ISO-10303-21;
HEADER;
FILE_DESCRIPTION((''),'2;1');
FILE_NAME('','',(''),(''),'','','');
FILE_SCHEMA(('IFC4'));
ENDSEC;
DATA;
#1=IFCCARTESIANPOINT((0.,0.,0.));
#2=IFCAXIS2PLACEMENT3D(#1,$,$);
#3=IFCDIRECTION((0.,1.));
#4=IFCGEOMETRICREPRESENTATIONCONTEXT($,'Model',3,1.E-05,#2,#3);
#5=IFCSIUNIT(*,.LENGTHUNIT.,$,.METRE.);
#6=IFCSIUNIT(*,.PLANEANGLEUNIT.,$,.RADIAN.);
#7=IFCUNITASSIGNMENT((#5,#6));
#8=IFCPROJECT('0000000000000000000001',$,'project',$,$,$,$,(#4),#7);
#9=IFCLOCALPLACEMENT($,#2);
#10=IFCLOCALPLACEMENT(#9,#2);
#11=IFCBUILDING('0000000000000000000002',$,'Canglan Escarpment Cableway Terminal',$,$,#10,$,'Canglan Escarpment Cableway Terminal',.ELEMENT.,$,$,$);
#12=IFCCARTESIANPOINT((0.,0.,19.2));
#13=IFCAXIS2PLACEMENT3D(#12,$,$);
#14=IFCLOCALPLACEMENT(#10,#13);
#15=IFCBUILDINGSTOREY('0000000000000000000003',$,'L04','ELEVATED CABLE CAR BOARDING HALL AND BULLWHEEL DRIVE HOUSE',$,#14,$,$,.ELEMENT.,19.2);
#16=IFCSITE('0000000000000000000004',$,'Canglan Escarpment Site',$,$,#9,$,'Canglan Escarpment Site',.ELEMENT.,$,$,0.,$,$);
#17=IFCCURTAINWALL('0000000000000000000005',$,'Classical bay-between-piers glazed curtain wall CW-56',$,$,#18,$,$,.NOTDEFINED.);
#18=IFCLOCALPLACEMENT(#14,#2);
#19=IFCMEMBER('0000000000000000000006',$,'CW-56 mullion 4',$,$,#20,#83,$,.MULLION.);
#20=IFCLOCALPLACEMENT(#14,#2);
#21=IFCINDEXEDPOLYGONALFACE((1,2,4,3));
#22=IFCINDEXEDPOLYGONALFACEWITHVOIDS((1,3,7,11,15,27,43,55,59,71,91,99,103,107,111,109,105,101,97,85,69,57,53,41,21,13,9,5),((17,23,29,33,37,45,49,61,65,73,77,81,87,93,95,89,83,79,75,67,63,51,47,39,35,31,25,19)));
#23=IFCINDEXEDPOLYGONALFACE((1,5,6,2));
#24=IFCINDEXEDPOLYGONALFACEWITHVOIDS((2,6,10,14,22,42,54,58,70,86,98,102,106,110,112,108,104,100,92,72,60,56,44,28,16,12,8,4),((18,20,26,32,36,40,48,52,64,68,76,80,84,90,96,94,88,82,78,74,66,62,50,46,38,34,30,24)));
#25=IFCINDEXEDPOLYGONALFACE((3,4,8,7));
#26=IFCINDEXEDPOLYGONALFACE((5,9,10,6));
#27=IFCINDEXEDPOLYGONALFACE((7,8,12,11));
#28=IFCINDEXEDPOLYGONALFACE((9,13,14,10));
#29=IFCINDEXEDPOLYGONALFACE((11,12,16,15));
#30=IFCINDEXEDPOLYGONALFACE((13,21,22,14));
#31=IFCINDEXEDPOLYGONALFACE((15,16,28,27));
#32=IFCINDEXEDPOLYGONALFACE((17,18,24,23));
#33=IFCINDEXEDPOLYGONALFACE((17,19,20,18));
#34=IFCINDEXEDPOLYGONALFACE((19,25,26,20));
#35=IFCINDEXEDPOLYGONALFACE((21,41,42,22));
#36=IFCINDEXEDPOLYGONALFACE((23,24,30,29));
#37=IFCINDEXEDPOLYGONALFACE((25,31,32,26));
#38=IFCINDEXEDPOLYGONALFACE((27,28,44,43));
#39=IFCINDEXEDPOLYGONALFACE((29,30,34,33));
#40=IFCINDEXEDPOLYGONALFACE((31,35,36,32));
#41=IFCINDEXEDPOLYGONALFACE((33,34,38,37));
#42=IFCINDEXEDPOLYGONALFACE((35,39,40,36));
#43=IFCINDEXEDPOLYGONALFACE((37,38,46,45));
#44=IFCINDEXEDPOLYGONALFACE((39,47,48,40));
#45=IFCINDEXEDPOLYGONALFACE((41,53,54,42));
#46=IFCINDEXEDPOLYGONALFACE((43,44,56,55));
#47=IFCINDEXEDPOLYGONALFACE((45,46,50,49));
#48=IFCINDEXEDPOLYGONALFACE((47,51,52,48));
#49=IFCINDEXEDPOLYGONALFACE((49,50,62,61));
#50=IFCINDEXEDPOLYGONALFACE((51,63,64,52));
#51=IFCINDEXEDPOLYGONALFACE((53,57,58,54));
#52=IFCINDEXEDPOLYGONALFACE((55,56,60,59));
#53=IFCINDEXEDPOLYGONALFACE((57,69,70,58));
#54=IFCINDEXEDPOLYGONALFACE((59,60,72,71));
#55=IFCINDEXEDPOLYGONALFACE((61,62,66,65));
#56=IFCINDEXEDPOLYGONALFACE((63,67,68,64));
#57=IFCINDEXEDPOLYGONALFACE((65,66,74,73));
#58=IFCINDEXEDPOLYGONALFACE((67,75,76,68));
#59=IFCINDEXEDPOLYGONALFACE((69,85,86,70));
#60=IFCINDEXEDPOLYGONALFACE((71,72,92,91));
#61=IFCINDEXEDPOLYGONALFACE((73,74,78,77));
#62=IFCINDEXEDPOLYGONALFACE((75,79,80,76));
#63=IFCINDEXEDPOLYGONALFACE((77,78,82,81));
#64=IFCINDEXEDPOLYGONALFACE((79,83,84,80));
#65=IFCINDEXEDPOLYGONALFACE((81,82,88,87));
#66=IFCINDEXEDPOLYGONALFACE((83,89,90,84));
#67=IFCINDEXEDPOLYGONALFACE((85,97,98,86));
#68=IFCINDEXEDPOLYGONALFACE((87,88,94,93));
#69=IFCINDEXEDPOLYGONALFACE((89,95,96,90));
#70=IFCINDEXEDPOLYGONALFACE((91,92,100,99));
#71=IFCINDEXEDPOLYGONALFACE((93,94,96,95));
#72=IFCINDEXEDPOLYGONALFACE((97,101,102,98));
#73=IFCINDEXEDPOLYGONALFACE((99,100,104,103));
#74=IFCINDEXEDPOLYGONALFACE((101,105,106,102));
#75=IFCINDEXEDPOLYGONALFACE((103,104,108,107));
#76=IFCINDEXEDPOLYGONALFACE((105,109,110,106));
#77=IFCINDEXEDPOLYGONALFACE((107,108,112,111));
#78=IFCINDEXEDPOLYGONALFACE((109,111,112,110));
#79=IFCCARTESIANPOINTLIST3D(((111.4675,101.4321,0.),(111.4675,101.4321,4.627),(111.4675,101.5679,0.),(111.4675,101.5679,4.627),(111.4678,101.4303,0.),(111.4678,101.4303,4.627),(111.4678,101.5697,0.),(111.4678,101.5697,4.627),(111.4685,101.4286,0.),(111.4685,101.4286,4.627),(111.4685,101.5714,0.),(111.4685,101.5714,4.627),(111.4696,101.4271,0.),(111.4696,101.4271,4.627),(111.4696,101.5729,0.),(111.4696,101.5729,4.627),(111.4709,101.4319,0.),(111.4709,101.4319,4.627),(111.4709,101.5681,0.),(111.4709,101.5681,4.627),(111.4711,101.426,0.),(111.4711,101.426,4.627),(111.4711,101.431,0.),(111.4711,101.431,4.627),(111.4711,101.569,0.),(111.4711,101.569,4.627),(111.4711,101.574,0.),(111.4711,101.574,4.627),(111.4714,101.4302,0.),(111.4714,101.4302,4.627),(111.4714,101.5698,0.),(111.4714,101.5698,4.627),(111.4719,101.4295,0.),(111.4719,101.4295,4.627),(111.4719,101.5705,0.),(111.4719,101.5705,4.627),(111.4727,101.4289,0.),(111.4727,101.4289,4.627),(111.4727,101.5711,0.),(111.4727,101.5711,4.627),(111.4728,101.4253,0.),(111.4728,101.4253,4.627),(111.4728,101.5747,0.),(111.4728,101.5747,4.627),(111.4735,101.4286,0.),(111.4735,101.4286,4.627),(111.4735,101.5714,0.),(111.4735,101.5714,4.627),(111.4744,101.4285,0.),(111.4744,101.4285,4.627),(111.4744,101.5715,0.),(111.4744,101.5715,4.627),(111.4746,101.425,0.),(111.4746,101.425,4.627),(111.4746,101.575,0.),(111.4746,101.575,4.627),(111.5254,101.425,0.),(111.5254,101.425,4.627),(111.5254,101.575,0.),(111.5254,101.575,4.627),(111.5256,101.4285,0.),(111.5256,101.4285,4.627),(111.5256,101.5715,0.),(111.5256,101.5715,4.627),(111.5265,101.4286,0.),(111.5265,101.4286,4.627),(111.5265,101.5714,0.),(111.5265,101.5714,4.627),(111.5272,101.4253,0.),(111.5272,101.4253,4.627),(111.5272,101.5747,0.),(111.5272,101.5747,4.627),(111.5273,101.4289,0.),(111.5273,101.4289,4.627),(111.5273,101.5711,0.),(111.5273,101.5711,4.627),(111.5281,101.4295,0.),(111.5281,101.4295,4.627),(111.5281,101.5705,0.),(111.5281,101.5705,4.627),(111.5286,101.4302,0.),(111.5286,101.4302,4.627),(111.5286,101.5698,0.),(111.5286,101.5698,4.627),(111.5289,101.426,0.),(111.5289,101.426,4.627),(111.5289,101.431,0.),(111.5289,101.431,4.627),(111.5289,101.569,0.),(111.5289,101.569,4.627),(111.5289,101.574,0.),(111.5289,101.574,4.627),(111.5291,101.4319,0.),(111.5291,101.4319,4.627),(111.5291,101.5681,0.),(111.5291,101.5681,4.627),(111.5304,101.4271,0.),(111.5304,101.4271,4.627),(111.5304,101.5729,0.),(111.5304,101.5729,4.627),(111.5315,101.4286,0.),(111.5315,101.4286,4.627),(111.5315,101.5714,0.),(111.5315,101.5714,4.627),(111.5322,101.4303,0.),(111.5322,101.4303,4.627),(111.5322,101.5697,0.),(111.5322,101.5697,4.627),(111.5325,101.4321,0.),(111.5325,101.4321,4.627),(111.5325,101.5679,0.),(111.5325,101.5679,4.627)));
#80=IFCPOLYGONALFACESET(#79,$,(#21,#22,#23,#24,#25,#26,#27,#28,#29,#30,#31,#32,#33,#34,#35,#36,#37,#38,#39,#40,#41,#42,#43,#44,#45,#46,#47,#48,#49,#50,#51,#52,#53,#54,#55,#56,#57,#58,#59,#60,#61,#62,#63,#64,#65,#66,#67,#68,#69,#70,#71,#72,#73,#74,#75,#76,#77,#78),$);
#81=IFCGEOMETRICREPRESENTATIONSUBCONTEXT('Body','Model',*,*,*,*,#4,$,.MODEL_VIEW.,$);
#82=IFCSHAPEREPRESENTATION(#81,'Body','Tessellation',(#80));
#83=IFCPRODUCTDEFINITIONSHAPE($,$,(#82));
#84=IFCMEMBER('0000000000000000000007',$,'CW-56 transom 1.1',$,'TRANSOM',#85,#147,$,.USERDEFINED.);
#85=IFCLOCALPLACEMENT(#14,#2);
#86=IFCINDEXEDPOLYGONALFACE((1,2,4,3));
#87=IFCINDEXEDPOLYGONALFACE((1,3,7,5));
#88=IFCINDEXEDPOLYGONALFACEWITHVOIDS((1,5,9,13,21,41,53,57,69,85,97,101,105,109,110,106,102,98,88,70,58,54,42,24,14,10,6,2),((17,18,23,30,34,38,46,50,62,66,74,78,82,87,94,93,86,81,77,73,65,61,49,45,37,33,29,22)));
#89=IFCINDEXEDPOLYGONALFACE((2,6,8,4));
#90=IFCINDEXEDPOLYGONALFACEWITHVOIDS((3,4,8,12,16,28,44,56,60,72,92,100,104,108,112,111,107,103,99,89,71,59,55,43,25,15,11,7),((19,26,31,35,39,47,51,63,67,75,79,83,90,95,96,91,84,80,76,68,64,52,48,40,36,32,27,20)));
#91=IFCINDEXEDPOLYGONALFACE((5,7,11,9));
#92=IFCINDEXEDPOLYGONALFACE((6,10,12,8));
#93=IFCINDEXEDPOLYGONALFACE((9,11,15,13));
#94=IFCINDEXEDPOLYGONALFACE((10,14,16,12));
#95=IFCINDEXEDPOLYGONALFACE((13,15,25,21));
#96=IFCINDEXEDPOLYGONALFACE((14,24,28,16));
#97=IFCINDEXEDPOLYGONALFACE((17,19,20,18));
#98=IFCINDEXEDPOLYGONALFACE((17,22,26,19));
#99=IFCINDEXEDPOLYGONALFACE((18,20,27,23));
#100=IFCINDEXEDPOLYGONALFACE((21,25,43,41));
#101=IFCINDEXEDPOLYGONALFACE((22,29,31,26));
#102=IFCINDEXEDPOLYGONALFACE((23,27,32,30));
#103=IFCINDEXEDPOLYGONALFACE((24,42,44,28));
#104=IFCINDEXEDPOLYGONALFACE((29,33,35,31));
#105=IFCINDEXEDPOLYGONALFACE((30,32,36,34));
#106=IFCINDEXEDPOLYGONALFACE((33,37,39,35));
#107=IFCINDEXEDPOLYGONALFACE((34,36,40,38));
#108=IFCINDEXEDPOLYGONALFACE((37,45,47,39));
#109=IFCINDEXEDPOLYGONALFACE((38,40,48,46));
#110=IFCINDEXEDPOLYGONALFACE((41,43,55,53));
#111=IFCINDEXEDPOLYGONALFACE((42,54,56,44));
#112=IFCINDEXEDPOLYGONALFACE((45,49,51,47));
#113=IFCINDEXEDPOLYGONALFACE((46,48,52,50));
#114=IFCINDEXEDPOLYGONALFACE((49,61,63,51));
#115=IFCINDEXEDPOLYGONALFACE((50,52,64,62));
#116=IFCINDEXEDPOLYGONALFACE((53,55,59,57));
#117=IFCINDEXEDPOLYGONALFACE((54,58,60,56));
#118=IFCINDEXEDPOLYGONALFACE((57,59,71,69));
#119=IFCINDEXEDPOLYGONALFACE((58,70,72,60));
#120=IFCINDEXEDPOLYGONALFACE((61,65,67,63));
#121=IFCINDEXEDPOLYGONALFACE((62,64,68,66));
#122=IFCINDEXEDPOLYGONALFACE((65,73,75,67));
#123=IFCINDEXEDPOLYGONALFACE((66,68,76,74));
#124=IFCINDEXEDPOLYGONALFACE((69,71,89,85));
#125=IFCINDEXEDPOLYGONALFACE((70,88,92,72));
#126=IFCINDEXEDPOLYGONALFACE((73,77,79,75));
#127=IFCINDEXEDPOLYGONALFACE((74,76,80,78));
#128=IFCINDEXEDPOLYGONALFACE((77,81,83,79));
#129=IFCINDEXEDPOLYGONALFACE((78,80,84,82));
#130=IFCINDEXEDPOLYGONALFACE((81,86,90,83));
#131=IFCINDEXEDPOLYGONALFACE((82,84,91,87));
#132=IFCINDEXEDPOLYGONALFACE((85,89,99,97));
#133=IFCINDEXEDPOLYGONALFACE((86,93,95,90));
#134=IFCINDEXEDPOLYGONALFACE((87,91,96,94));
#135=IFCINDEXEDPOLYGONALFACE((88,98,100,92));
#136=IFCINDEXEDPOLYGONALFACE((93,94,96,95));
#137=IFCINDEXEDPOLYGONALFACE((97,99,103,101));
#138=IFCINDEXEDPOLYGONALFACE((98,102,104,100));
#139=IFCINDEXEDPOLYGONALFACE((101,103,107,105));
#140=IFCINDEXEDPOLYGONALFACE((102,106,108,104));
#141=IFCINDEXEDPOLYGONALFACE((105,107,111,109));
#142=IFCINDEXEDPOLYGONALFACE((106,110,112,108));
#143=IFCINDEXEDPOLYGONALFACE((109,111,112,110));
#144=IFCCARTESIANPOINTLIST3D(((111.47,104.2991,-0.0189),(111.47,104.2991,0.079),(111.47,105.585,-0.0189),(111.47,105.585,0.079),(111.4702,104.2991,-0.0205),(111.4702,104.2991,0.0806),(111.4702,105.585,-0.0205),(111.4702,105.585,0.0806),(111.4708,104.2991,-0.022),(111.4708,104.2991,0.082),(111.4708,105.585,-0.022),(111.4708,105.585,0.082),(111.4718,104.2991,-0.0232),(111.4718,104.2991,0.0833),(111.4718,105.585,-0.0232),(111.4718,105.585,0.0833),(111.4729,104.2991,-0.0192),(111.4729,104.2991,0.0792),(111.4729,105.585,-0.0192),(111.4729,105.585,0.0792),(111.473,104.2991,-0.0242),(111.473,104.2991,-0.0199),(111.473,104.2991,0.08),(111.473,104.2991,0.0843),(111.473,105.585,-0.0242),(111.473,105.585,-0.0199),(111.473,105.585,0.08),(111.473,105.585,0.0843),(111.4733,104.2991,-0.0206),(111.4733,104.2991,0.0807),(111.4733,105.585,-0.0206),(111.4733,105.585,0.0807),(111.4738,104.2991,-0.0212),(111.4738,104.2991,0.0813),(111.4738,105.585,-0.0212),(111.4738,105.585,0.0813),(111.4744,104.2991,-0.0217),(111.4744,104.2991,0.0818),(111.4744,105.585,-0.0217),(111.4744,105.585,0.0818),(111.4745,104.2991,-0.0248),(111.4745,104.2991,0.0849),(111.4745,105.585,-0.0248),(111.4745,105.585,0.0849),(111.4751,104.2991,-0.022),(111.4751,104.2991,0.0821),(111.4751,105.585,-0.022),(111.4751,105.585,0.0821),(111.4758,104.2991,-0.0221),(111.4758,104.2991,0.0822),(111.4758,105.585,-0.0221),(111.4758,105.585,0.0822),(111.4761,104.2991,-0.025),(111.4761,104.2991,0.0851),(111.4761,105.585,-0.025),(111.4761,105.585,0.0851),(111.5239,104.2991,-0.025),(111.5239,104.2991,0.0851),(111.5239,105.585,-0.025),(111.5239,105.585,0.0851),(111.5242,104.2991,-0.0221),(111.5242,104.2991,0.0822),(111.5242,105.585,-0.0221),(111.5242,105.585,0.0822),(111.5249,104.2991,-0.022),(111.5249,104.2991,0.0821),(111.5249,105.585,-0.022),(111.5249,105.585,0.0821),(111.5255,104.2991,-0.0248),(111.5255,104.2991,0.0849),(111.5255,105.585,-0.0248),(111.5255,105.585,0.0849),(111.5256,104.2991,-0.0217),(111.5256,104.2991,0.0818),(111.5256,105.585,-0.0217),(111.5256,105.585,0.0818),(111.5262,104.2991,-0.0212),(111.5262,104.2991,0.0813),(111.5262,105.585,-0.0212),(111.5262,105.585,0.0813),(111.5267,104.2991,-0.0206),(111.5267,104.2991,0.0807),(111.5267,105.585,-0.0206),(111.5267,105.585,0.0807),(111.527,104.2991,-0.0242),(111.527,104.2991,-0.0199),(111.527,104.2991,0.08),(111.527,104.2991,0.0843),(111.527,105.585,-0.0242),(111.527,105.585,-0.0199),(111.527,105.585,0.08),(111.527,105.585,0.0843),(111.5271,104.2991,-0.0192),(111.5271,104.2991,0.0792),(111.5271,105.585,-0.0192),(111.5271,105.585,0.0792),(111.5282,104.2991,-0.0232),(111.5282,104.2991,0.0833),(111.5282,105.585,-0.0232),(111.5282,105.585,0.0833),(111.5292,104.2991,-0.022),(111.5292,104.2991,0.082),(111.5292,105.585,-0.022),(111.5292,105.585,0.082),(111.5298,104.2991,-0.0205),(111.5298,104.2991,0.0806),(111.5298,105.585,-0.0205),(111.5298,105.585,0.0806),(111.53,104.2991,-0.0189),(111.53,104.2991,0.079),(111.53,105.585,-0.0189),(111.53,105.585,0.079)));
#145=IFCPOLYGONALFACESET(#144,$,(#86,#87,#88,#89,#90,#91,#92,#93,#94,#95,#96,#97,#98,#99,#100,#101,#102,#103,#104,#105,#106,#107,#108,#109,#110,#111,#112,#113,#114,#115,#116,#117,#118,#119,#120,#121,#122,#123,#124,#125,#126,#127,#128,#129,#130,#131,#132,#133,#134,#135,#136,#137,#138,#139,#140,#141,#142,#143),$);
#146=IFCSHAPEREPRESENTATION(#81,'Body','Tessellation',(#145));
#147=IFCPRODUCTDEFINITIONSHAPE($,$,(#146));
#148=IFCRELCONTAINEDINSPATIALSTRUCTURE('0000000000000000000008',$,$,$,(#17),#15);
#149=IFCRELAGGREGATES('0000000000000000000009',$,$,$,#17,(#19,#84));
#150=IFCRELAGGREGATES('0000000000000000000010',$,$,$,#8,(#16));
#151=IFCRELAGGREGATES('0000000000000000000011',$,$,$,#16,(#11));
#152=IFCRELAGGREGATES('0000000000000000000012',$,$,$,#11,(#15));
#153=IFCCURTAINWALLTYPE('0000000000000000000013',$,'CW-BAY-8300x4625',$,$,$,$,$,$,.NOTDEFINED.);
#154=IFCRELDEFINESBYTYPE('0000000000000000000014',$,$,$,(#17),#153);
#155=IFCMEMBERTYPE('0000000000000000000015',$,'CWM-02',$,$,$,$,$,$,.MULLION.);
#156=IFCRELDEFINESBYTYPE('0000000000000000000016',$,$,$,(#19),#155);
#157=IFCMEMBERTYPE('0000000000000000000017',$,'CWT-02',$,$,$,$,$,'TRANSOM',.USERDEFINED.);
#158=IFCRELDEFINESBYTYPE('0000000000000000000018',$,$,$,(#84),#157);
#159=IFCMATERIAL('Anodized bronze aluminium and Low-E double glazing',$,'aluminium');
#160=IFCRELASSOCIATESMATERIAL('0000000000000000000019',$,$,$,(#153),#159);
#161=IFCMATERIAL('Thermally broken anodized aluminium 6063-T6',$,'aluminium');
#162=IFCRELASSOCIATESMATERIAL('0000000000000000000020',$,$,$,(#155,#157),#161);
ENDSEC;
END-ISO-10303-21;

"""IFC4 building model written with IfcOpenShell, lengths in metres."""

from ifc_helpers import new_model, si_unit, direction, frame, origin, origin_2d, place, context, subcontext, project, spatial, hollow_rectangle, extrude, material, material_profile, profile_set, type_object, element, aggregate, save


model = new_model("IFC4")

# Units and contexts
model_context = context("Model", 3, precision=1e-05, world=origin(), true_north=direction((0.0, 1.0)))
body_context = subcontext(model_context, "Body", "Model", "MODEL_VIEW")
ifc_project = project(units=[si_unit("LENGTHUNIT", "METRE"), si_unit("PLANEANGLEUNIT", "RADIAN")], contexts=[model_context])

# Site, building, storey
site_placement = place(None, origin())
site = spatial("IfcSite", under=ifc_project, at=site_placement, Name="Canglan Escarpment Site", LongName="Canglan Escarpment Site", CompositionType="ELEMENT", RefElevation=0.0)
building_placement = place(site_placement, origin())
building = spatial("IfcBuilding", under=site, at=building_placement, Name="Canglan Escarpment Cableway Terminal", LongName="Canglan Escarpment Cableway Terminal", CompositionType="ELEMENT")
storey_placement = place(building_placement, frame((0.0, 0.0, 19.2)))
storey = spatial("IfcBuildingStorey", under=building, at=storey_placement, Name="L04", Description="ELEVATED CABLE CAR BOARDING HALL AND BULLWHEEL DRIVE HOUSE", CompositionType="ELEMENT", Elevation=19.2)

# Curtain wall, members
ifc_material_1 = material(Name="Anodized bronze aluminium and Low-E double glazing", Category="aluminium")
curtain_wall_type = type_object("IfcCurtainWallType", Name="CW-BAY-8300x4625", PredefinedType="NOTDEFINED", material=ifc_material_1)
curtain_wall_placement = place(storey_placement, origin())
curtain_wall = element("IfcCurtainWall", 1, at=curtain_wall_placement, inside=storey, type_object=curtain_wall_type, Name="Classical bay-between-piers glazed curtain wall CW-56", PredefinedType="NOTDEFINED")
ifc_material_2 = material(Name="Thermally broken anodized aluminium 6063-T6", Category="aluminium")
ifc_material_profile_1 = material_profile(ifc_material_2, hollow_rectangle(XDim=0.0649, YDim=0.1499, WallThickness=0.0034, InnerFilletRadius=0.0034, OuterFilletRadius=0.0071, at=origin_2d()), Name="ALU-MULL 65x150x3.5")
ifc_profile_set_1 = profile_set([ifc_material_profile_1], Name="Thermally broken anodized aluminium 6063-T6")
member_type_1 = type_object("IfcMemberType", Name="CWM-02", PredefinedType="MULLION", material=ifc_profile_set_1)
member_1_placement = place(storey_placement, frame((111.5, 101.5, 0.0), z_axis=(0.0, 0.0, 1.0), x_axis=(1.0, 0.0, 0.0)))
member_1 = element("IfcMember", 2, at=member_1_placement, type_object=member_type_1, Name="CW-56 mullion 4", PredefinedType="MULLION", context=body_context, shape_type="SweptSolid", body=[
    extrude(hollow_rectangle(XDim=0.0649, YDim=0.1499, WallThickness=0.0034, InnerFilletRadius=0.0034, OuterFilletRadius=0.0071, at=origin_2d()), origin(), (0.0, 0.0, 1.0), 4.627),
])
ifc_material_profile_2 = material_profile(ifc_material_2, hollow_rectangle(XDim=0.0601, YDim=0.1101, WallThickness=0.0029, InnerFilletRadius=0.0029, OuterFilletRadius=0.0061, at=origin_2d()), Name="ALU-TRAN 60x110x3")
ifc_profile_set_2 = profile_set([ifc_material_profile_2], Name="Thermally broken anodized aluminium 6063-T6")
member_type_2 = type_object("IfcMemberType", Name="CWT-02", ElementType="TRANSOM", PredefinedType="USERDEFINED", material=ifc_profile_set_2)
member_2_placement = place(storey_placement, frame((111.5, 105.585, 0.03), z_axis=(0.0, -1.0, 0.0), x_axis=(1.0, 0.0, 0.0)))
member_2 = element("IfcMember", 3, at=member_2_placement, type_object=member_type_2, Name="CW-56 transom 1.1", ObjectType="TRANSOM", PredefinedType="USERDEFINED", context=body_context, shape_type="SweptSolid", body=[
    extrude(hollow_rectangle(XDim=0.0601, YDim=0.1101, WallThickness=0.0029, InnerFilletRadius=0.0029, OuterFilletRadius=0.0061, at=origin_2d()), origin(), (0.0, 0.0, 1.0), 1.2859),
])
aggregate(curtain_wall, [member_1, member_2])

save(model, "model.ifc")
